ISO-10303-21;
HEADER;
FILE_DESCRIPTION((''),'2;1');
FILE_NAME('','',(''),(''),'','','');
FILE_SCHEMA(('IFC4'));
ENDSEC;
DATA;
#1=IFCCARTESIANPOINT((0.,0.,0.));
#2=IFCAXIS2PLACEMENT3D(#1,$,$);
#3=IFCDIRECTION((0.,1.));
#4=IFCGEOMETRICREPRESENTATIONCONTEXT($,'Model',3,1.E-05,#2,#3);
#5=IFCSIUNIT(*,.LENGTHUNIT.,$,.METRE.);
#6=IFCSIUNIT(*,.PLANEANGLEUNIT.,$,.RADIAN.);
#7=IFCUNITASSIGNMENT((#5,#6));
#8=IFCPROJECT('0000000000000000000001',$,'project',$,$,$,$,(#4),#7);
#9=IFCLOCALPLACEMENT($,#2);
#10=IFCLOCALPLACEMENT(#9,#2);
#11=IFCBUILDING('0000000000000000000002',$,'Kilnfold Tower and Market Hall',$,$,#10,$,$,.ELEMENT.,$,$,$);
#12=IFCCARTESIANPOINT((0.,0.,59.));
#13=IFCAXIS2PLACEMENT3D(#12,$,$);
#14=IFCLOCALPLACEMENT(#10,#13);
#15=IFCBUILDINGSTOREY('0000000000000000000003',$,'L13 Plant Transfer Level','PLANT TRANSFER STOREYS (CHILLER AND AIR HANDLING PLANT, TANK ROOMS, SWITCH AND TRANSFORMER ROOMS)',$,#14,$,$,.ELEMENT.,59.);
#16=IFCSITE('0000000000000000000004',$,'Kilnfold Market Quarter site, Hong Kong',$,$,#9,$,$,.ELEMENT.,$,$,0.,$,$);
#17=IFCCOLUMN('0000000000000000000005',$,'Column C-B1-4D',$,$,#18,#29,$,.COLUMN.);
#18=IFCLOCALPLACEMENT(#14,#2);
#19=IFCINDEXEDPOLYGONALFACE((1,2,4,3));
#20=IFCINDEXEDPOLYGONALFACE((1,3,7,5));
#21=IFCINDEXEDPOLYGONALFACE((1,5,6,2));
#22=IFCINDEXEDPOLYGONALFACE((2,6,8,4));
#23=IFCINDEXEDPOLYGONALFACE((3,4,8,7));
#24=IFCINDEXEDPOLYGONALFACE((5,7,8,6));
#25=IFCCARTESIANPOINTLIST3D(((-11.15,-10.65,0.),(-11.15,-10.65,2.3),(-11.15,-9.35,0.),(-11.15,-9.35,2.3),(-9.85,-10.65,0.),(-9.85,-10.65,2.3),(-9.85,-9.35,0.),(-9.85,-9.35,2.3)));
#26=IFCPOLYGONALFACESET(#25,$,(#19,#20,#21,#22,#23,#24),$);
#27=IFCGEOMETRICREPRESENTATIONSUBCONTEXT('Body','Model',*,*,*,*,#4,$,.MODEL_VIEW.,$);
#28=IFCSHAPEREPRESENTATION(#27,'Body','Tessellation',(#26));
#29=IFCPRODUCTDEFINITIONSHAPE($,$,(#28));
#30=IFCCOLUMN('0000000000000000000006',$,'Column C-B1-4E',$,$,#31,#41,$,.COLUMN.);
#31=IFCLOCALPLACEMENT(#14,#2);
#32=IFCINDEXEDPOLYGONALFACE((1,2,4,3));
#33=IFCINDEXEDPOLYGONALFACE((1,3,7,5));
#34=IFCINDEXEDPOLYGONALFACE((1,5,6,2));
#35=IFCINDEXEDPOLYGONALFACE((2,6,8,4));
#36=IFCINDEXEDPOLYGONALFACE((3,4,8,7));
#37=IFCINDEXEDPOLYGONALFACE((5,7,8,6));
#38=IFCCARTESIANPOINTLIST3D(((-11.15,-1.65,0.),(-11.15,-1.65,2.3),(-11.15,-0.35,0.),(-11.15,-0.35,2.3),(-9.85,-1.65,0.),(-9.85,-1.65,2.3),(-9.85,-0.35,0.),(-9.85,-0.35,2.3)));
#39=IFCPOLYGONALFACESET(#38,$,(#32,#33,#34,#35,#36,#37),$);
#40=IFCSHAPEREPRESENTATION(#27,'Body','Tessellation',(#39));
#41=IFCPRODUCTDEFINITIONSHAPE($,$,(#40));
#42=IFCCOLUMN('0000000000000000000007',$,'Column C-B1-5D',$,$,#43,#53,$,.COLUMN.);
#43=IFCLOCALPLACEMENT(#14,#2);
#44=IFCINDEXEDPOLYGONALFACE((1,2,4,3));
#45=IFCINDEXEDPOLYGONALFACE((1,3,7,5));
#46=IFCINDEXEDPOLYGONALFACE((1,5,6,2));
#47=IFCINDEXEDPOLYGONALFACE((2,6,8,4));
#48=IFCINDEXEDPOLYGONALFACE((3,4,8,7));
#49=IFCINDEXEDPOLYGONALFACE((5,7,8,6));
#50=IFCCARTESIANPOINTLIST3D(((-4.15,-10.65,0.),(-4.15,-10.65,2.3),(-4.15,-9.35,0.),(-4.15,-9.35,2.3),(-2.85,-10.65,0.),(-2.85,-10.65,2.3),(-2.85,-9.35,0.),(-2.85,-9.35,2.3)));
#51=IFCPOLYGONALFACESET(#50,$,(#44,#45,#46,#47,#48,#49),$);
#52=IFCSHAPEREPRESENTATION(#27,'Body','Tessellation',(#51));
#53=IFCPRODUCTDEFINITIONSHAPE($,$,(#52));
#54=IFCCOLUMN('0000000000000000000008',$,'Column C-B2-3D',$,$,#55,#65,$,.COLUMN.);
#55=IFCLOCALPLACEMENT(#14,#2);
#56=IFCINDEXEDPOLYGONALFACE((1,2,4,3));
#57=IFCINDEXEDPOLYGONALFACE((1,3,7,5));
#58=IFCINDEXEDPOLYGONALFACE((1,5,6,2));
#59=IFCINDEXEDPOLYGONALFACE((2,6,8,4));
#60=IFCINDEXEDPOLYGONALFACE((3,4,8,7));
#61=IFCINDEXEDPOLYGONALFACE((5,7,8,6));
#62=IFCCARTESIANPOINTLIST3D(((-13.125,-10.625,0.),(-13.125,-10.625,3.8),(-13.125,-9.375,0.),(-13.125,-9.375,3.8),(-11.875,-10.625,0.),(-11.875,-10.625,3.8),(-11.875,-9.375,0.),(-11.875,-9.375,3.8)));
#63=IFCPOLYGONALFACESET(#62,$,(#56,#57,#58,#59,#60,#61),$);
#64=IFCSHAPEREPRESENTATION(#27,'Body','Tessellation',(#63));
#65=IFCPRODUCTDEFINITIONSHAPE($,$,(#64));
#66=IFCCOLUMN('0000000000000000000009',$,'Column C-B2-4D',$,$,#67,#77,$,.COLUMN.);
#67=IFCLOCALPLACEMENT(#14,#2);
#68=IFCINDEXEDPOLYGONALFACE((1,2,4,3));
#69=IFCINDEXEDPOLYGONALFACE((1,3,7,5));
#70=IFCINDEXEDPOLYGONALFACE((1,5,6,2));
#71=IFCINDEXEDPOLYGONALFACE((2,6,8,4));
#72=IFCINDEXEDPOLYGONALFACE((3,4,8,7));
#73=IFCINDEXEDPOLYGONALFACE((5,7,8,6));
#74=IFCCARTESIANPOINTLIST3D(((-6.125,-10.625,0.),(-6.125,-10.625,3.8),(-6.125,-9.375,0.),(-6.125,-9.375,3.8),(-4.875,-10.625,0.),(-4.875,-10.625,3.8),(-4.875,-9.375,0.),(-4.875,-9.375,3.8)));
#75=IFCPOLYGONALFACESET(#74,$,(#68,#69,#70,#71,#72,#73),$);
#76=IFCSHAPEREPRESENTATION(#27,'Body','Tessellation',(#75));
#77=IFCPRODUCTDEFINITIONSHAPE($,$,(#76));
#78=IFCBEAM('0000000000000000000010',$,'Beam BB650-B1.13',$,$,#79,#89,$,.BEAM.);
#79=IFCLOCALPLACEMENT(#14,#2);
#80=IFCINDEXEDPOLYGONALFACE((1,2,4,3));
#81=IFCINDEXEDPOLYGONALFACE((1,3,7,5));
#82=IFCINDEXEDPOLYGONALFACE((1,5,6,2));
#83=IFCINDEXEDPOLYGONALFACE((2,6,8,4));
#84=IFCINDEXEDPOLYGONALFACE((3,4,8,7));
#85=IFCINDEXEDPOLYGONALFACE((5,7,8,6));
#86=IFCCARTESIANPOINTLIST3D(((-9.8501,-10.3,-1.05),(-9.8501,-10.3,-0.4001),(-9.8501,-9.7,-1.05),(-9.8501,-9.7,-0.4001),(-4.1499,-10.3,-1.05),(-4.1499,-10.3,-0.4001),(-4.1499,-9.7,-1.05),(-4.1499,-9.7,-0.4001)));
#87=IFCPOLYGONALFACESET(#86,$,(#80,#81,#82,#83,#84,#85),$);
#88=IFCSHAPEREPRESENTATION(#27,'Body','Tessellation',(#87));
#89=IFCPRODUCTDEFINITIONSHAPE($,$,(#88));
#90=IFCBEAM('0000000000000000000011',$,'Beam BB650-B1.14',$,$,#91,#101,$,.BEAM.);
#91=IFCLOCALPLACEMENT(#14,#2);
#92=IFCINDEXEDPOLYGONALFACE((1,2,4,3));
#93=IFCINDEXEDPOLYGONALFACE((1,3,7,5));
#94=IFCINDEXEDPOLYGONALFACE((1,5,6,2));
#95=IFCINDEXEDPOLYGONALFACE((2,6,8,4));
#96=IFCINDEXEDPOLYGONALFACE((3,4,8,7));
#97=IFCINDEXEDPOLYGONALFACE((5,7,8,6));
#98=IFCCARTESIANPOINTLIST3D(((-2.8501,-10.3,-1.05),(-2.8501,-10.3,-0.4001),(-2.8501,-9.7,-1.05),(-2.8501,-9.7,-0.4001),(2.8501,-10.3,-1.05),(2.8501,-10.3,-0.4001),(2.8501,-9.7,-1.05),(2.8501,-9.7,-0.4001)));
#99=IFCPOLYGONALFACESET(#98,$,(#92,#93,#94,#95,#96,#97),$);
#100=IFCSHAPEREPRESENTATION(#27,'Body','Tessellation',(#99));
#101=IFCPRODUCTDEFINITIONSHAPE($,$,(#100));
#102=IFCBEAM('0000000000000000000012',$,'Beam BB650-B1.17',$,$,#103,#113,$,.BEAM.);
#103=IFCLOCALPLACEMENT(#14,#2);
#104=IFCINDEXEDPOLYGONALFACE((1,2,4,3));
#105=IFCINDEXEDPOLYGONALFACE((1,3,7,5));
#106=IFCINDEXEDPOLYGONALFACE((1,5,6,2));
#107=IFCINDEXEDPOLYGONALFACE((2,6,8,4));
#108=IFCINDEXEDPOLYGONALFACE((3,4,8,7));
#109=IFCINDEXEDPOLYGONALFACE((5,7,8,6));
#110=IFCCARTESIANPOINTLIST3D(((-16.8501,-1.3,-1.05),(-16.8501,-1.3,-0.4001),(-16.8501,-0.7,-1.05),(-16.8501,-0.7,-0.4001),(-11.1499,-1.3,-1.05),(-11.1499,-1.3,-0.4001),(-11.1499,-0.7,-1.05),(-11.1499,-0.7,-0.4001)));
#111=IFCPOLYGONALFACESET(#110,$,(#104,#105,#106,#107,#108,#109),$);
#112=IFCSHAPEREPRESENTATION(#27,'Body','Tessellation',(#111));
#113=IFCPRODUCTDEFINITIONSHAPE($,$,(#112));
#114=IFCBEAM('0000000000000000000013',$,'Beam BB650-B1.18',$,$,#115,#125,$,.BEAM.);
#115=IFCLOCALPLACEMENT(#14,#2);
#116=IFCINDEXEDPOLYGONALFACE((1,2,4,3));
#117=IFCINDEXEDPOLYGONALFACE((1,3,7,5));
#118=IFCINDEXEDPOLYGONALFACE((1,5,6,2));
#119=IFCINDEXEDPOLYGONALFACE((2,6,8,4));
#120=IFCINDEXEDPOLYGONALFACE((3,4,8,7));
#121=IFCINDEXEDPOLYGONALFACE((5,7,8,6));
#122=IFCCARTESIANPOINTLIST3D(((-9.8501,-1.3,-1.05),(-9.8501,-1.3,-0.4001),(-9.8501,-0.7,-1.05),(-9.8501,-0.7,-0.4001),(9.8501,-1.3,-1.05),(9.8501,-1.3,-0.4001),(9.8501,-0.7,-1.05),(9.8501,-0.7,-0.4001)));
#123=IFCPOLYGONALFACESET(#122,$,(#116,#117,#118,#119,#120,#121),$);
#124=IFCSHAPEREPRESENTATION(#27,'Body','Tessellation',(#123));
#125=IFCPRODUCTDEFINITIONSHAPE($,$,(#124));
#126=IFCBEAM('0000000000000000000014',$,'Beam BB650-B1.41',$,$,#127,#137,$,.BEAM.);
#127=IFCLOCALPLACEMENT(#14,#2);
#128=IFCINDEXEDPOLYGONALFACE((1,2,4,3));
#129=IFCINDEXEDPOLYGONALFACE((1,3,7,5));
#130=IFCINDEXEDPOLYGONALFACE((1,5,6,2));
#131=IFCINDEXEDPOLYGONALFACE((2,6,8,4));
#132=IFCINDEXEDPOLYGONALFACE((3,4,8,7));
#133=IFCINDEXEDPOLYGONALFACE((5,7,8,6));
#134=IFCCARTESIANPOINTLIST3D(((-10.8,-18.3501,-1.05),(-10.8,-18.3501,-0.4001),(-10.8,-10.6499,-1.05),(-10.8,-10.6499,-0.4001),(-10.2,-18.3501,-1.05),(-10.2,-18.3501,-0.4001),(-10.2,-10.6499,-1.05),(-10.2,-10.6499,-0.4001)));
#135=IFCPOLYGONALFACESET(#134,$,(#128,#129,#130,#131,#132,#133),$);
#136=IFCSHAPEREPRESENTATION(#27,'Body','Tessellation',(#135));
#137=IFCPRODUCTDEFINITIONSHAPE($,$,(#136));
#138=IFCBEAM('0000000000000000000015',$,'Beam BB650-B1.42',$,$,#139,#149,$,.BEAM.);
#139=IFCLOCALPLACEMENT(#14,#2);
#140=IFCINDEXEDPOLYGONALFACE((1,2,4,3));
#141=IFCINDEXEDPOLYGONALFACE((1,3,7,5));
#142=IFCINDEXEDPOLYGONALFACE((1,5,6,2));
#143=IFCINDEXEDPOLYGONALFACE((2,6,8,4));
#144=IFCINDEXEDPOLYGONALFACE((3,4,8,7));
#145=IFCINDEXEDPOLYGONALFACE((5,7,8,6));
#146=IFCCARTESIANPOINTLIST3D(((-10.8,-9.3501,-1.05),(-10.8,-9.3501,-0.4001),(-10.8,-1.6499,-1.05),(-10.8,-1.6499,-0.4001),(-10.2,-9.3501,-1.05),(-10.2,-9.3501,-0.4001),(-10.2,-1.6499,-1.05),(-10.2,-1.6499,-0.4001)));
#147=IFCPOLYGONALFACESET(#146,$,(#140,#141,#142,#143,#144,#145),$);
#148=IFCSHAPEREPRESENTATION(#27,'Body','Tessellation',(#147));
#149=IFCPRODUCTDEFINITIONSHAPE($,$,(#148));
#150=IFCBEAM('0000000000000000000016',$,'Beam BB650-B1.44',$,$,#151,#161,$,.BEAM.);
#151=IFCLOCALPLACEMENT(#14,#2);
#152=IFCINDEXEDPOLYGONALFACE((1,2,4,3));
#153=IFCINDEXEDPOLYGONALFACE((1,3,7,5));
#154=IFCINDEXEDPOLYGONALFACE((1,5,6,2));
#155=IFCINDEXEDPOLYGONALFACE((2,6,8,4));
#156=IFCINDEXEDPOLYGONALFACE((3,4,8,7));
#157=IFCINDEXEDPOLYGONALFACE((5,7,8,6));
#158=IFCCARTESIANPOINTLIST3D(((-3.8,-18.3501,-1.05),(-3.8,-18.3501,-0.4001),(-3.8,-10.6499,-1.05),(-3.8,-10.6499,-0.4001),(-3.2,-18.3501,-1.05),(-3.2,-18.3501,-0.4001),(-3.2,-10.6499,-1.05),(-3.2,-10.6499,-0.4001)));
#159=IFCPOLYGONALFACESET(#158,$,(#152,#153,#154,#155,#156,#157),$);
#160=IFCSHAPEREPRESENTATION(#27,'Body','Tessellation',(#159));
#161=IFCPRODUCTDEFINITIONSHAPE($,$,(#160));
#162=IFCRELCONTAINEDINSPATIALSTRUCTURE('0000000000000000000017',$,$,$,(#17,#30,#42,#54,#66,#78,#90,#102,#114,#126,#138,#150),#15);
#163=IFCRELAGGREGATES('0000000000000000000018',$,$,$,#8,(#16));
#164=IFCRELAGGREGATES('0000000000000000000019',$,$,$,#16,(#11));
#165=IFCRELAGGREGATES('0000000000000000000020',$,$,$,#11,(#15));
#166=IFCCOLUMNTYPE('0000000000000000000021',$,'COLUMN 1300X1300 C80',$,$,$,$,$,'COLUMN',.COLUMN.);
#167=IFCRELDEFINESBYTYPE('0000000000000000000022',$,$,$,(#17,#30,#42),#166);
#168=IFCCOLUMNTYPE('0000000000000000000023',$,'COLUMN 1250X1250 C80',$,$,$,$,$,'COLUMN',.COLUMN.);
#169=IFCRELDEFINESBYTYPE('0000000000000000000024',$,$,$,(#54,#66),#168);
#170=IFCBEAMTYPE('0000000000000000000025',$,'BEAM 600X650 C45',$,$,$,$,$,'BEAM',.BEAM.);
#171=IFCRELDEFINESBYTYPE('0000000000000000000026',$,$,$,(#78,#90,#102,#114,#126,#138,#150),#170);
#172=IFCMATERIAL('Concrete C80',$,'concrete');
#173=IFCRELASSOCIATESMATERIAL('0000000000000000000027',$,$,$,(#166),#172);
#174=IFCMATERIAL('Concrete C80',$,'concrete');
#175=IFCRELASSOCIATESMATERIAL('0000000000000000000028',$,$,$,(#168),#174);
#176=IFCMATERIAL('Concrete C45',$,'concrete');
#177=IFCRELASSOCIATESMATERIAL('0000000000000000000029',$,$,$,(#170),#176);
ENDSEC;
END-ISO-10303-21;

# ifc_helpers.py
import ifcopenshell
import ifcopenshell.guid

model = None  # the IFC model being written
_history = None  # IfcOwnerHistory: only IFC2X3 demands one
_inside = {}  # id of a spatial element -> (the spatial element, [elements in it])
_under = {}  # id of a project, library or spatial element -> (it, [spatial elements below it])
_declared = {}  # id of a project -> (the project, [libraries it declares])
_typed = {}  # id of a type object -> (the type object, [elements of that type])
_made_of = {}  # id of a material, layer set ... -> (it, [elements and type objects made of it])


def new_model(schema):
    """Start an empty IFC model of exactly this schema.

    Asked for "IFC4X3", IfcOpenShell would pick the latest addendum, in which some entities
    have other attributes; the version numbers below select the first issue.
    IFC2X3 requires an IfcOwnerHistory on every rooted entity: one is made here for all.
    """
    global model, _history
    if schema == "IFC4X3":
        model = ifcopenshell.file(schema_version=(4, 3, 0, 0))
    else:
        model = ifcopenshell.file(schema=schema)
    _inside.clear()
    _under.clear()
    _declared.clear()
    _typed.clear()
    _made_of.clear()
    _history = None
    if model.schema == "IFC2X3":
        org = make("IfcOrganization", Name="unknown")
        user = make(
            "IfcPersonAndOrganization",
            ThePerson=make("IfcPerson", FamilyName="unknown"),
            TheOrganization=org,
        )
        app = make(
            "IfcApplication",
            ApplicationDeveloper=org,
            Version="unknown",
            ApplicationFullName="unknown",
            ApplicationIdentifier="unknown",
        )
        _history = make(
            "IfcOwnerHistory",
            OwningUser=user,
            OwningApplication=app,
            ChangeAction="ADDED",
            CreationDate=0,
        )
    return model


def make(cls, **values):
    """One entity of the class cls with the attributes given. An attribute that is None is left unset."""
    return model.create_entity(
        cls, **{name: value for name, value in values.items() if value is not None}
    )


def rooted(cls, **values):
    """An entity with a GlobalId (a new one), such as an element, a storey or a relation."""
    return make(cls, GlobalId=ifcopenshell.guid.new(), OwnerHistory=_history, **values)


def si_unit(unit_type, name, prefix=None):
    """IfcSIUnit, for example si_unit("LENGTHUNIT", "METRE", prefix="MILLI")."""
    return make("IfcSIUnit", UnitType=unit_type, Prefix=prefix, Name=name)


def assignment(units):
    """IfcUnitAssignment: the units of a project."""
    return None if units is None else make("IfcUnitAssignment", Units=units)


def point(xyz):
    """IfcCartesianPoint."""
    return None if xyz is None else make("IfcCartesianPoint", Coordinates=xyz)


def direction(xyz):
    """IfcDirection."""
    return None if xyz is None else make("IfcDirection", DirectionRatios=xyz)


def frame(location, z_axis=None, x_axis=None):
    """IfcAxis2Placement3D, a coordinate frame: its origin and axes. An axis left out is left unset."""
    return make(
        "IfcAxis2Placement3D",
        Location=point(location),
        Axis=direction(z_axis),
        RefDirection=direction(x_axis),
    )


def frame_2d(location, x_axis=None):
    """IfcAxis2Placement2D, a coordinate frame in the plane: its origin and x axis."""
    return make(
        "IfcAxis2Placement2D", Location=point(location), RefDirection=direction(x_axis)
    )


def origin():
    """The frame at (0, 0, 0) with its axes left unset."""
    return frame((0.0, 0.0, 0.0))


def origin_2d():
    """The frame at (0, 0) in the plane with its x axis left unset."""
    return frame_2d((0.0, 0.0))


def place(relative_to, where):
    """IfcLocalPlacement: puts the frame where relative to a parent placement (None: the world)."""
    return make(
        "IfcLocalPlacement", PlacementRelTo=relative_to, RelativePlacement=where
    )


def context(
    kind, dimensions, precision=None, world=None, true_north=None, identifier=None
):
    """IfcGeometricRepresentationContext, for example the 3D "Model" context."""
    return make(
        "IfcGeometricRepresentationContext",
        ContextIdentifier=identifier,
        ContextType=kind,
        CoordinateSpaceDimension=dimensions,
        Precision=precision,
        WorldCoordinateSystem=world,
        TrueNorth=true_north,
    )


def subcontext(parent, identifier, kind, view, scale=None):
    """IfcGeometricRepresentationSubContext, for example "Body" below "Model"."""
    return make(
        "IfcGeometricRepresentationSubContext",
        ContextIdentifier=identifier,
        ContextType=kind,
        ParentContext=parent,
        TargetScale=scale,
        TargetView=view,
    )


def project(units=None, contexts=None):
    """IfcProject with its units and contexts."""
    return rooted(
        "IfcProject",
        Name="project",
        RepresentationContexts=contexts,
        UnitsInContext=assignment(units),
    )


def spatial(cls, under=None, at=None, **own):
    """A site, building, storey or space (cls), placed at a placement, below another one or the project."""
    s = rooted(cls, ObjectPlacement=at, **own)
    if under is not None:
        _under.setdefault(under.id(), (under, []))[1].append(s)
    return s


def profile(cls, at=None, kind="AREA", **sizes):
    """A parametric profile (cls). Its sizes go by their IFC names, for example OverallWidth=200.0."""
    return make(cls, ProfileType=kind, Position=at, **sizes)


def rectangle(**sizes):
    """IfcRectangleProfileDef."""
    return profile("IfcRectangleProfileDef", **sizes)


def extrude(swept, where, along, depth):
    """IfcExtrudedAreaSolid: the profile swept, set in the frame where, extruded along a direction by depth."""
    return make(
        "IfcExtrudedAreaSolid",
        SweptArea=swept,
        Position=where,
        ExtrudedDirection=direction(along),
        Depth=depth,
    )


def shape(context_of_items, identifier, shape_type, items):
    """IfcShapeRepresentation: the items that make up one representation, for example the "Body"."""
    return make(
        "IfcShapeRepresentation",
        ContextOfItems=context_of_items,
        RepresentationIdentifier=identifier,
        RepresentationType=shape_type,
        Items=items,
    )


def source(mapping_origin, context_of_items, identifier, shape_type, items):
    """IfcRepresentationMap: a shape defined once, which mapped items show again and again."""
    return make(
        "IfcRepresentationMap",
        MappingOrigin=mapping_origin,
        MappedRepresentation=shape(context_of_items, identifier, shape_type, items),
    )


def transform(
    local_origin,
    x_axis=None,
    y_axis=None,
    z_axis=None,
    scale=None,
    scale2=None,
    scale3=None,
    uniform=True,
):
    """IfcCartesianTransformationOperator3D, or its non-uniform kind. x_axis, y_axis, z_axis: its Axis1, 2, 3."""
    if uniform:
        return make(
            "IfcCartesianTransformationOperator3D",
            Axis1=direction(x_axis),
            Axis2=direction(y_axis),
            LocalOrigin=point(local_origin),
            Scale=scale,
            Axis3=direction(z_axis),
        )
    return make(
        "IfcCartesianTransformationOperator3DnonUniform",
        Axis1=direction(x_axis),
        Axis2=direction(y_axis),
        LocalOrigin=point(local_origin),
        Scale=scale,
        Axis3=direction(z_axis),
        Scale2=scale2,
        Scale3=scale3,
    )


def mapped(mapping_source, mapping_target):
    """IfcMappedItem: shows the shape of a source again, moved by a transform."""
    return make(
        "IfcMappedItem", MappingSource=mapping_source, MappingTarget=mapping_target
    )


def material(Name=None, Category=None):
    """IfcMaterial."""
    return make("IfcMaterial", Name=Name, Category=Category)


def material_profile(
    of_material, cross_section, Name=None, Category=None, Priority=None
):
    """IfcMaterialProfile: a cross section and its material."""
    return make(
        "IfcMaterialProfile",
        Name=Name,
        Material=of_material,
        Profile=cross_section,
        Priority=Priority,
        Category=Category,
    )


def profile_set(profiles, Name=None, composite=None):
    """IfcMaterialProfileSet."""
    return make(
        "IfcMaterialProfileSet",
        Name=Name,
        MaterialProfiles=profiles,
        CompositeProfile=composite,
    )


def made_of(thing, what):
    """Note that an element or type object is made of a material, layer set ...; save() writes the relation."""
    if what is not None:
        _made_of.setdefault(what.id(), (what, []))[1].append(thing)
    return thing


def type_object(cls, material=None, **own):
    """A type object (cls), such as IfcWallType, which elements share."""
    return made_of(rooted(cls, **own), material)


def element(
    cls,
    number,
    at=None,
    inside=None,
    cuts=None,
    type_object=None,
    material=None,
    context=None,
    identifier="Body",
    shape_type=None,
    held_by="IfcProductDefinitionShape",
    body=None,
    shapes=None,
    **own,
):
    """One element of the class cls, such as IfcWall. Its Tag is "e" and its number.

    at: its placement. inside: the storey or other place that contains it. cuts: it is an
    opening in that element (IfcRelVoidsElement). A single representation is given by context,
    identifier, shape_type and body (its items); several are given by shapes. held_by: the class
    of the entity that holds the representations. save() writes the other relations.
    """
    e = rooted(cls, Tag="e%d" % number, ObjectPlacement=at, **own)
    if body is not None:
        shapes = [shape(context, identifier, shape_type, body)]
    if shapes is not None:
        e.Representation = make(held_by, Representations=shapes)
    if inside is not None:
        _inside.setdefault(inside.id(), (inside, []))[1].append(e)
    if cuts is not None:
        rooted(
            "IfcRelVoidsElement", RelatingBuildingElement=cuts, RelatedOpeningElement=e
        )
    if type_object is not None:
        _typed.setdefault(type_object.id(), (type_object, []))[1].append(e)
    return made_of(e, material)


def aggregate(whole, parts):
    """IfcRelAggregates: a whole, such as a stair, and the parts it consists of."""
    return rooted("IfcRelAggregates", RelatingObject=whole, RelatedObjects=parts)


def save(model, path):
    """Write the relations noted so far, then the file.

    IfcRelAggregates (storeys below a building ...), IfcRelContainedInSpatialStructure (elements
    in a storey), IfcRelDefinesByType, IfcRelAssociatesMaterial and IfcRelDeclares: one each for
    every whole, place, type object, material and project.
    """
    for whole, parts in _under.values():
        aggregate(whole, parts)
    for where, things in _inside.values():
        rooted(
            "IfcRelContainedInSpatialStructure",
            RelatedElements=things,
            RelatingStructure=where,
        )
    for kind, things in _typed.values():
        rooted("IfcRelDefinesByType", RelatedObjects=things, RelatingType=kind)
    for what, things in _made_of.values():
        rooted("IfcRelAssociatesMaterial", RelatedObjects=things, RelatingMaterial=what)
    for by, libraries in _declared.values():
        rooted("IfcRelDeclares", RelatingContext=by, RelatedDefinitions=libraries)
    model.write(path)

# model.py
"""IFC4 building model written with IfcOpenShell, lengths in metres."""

from ifc_helpers import new_model, si_unit, direction, frame, origin, origin_2d, place, context, subcontext, project, spatial, rectangle, extrude, source, transform, mapped, material, material_profile, profile_set, type_object, element, save


model = new_model("IFC4")

# Units and contexts
model_context = context("Model", 3, precision=1e-05, world=origin(), true_north=direction((0.0, 1.0)))
body_context = subcontext(model_context, "Body", "Model", "MODEL_VIEW")
ifc_project = project(units=[si_unit("LENGTHUNIT", "METRE"), si_unit("PLANEANGLEUNIT", "RADIAN")], contexts=[model_context])

# Site, building, storey
site_placement = place(None, origin())
site = spatial("IfcSite", under=ifc_project, at=site_placement, Name="Kilnfold Market Quarter site, Hong Kong", CompositionType="ELEMENT", RefElevation=0.0)
building_placement = place(site_placement, origin())
building = spatial("IfcBuilding", under=site, at=building_placement, Name="Kilnfold Tower and Market Hall", CompositionType="ELEMENT")
storey_placement = place(building_placement, frame((0.0, 0.0, 59.0)))
storey = spatial("IfcBuildingStorey", under=building, at=storey_placement, Name="L13 Plant Transfer Level", Description="PLANT TRANSFER STOREYS (CHILLER AND AIR HANDLING PLANT, TANK ROOMS, SWITCH AND TRANSFORMER ROOMS)", CompositionType="ELEMENT", Elevation=59.0)

# Columns
ifc_material_1 = material(Name="Concrete C80", Category="concrete")
ifc_material_profile_1 = material_profile(ifc_material_1, rectangle(XDim=1.3, YDim=1.3, at=origin_2d()), Name="RC 1300x1300")
ifc_profile_set_1 = profile_set([ifc_material_profile_1], Name="Concrete C80")
column_type_1 = type_object("IfcColumnType", Name="COLUMN 1300X1300 C80", ElementType="COLUMN", PredefinedType="COLUMN", material=ifc_profile_set_1)
shared_shape_1 = source(origin(), body_context, "Body", "SweptSolid", [
    extrude(rectangle(XDim=1.3, YDim=1.3, at=origin_2d()), origin(), (0.0, 0.0, 1.0), 2.3),
])
for number, where, z_axis, x_axis, name in (
    (1, (-10.5, -10.0, 0.0), (0.0, 0.0, 1.0), (1.0, 0.0, 0.0), "Column C-B1-4D"),
    (2, (-10.5, -1.0, 0.0), (0.0, 0.0, 1.0), (1.0, 0.0, 0.0), "Column C-B1-4E"),
    (3, (-3.5, -10.0, 0.0), (0.0, 0.0, 1.0), (1.0, 0.0, 0.0), "Column C-B1-5D"),
):
    element("IfcColumn", number, at=place(storey_placement, frame(where, z_axis=z_axis, x_axis=x_axis)), inside=storey, type_object=column_type_1, Name=name, PredefinedType="COLUMN", context=body_context, shape_type="MappedRepresentation", body=[
        mapped(shared_shape_1, transform((0.0, 0.0, 0.0))),
    ])
ifc_material_2 = material(Name="Concrete C80", Category="concrete")
ifc_material_profile_2 = material_profile(ifc_material_2, rectangle(XDim=1.25, YDim=1.25, at=origin_2d()), Name="RC 1250x1250")
ifc_profile_set_2 = profile_set([ifc_material_profile_2], Name="Concrete C80")
column_type_2 = type_object("IfcColumnType", Name="COLUMN 1250X1250 C80", ElementType="COLUMN", PredefinedType="COLUMN", material=ifc_profile_set_2)
shared_shape_2 = source(origin(), body_context, "Body", "SweptSolid", [
    extrude(rectangle(XDim=1.25, YDim=1.25, at=origin_2d()), origin(), (0.0, 0.0, 1.0), 3.8),
])
for number, where, z_axis, x_axis, name in (
    (4, (-12.5, -10.0, 0.0), (0.0, 0.0, 1.0), (1.0, 0.0, 0.0), "Column C-B2-3D"),
    (5, (-5.5, -10.0, 0.0), (0.0, 0.0, 1.0), (1.0, 0.0, 0.0), "Column C-B2-4D"),
):
    element("IfcColumn", number, at=place(storey_placement, frame(where, z_axis=z_axis, x_axis=x_axis)), inside=storey, type_object=column_type_2, Name=name, PredefinedType="COLUMN", context=body_context, shape_type="MappedRepresentation", body=[
        mapped(shared_shape_2, transform((0.0, 0.0, 0.0))),
    ])

# Beams
ifc_material_3 = material(Name="Concrete C45", Category="concrete")
ifc_material_profile_3 = material_profile(ifc_material_3, rectangle(XDim=0.6001, YDim=0.6499, at=origin_2d()), Name="RC 600x650")
ifc_profile_set_3 = profile_set([ifc_material_profile_3], Name="Concrete C45")
beam_type = type_object("IfcBeamType", Name="BEAM 600X650 C45", ElementType="BEAM", PredefinedType="BEAM", material=ifc_profile_set_3)
shared_shape_3 = source(origin(), body_context, "Body", "SweptSolid", [
    extrude(rectangle(XDim=0.6001, YDim=0.6499, at=origin_2d()), origin(), (0.0, 0.0, 1.0), 5.7002),
])
for number, where, z_axis, x_axis, name in (
    (6, (-9.8501, -10.0, -0.7251), (1.0, 0.0, 0.0), (0.0, 1.0, 0.0), "Beam BB650-B1.13"),
    (7, (-2.8501, -10.0, -0.7251), (1.0, 0.0, 0.0), (0.0, 1.0, 0.0), "Beam BB650-B1.14"),
    (8, (-16.8501, -1.0, -0.7251), (1.0, 0.0, 0.0), (0.0, 1.0, 0.0), "Beam BB650-B1.17"),
):
    element("IfcBeam", number, at=place(storey_placement, frame(where, z_axis=z_axis, x_axis=x_axis)), inside=storey, type_object=beam_type, Name=name, PredefinedType="BEAM", context=body_context, shape_type="MappedRepresentation", body=[
        mapped(shared_shape_3, transform((0.0, 0.0, 0.0))),
    ])
shared_shape_4 = source(origin(), body_context, "Body", "SweptSolid", [
    extrude(rectangle(XDim=0.6001, YDim=0.6499, at=origin_2d()), origin(), (0.0, 0.0, 1.0), 19.7002),
])
beam_placement = place(storey_placement, frame((-9.8501, -1.0, -0.7251), z_axis=(1.0, 0.0, 0.0), x_axis=(0.0, 1.0, 0.0)))
element("IfcBeam", 9, at=beam_placement, inside=storey, type_object=beam_type, Name="Beam BB650-B1.18", PredefinedType="BEAM", context=body_context, shape_type="MappedRepresentation", body=[
    mapped(shared_shape_4, transform((0.0, 0.0, 0.0))),
])
shared_shape_5 = source(origin(), body_context, "Body", "SweptSolid", [
    extrude(rectangle(XDim=0.6001, YDim=0.6499, at=origin_2d()), origin(), (0.0, 0.0, 1.0), 7.7002),
])
for number, where, z_axis, x_axis, name in (
    (10, (-10.5, -18.3501, -0.7251), (0.0, 1.0, 0.0), (-1.0, 0.0, 0.0), "Beam BB650-B1.41"),
    (11, (-10.5, -9.3501, -0.7251), (0.0, 1.0, 0.0), (-1.0, 0.0, 0.0), "Beam BB650-B1.42"),
    (12, (-3.5, -18.3501, -0.7251), (0.0, 1.0, 0.0), (-1.0, 0.0, 0.0), "Beam BB650-B1.44"),
):
    element("IfcBeam", number, at=place(storey_placement, frame(where, z_axis=z_axis, x_axis=x_axis)), inside=storey, type_object=beam_type, Name=name, PredefinedType="BEAM", context=body_context, shape_type="MappedRepresentation", body=[
        mapped(shared_shape_5, transform((0.0, 0.0, 0.0))),
    ])

save(model, "model.ifc")
